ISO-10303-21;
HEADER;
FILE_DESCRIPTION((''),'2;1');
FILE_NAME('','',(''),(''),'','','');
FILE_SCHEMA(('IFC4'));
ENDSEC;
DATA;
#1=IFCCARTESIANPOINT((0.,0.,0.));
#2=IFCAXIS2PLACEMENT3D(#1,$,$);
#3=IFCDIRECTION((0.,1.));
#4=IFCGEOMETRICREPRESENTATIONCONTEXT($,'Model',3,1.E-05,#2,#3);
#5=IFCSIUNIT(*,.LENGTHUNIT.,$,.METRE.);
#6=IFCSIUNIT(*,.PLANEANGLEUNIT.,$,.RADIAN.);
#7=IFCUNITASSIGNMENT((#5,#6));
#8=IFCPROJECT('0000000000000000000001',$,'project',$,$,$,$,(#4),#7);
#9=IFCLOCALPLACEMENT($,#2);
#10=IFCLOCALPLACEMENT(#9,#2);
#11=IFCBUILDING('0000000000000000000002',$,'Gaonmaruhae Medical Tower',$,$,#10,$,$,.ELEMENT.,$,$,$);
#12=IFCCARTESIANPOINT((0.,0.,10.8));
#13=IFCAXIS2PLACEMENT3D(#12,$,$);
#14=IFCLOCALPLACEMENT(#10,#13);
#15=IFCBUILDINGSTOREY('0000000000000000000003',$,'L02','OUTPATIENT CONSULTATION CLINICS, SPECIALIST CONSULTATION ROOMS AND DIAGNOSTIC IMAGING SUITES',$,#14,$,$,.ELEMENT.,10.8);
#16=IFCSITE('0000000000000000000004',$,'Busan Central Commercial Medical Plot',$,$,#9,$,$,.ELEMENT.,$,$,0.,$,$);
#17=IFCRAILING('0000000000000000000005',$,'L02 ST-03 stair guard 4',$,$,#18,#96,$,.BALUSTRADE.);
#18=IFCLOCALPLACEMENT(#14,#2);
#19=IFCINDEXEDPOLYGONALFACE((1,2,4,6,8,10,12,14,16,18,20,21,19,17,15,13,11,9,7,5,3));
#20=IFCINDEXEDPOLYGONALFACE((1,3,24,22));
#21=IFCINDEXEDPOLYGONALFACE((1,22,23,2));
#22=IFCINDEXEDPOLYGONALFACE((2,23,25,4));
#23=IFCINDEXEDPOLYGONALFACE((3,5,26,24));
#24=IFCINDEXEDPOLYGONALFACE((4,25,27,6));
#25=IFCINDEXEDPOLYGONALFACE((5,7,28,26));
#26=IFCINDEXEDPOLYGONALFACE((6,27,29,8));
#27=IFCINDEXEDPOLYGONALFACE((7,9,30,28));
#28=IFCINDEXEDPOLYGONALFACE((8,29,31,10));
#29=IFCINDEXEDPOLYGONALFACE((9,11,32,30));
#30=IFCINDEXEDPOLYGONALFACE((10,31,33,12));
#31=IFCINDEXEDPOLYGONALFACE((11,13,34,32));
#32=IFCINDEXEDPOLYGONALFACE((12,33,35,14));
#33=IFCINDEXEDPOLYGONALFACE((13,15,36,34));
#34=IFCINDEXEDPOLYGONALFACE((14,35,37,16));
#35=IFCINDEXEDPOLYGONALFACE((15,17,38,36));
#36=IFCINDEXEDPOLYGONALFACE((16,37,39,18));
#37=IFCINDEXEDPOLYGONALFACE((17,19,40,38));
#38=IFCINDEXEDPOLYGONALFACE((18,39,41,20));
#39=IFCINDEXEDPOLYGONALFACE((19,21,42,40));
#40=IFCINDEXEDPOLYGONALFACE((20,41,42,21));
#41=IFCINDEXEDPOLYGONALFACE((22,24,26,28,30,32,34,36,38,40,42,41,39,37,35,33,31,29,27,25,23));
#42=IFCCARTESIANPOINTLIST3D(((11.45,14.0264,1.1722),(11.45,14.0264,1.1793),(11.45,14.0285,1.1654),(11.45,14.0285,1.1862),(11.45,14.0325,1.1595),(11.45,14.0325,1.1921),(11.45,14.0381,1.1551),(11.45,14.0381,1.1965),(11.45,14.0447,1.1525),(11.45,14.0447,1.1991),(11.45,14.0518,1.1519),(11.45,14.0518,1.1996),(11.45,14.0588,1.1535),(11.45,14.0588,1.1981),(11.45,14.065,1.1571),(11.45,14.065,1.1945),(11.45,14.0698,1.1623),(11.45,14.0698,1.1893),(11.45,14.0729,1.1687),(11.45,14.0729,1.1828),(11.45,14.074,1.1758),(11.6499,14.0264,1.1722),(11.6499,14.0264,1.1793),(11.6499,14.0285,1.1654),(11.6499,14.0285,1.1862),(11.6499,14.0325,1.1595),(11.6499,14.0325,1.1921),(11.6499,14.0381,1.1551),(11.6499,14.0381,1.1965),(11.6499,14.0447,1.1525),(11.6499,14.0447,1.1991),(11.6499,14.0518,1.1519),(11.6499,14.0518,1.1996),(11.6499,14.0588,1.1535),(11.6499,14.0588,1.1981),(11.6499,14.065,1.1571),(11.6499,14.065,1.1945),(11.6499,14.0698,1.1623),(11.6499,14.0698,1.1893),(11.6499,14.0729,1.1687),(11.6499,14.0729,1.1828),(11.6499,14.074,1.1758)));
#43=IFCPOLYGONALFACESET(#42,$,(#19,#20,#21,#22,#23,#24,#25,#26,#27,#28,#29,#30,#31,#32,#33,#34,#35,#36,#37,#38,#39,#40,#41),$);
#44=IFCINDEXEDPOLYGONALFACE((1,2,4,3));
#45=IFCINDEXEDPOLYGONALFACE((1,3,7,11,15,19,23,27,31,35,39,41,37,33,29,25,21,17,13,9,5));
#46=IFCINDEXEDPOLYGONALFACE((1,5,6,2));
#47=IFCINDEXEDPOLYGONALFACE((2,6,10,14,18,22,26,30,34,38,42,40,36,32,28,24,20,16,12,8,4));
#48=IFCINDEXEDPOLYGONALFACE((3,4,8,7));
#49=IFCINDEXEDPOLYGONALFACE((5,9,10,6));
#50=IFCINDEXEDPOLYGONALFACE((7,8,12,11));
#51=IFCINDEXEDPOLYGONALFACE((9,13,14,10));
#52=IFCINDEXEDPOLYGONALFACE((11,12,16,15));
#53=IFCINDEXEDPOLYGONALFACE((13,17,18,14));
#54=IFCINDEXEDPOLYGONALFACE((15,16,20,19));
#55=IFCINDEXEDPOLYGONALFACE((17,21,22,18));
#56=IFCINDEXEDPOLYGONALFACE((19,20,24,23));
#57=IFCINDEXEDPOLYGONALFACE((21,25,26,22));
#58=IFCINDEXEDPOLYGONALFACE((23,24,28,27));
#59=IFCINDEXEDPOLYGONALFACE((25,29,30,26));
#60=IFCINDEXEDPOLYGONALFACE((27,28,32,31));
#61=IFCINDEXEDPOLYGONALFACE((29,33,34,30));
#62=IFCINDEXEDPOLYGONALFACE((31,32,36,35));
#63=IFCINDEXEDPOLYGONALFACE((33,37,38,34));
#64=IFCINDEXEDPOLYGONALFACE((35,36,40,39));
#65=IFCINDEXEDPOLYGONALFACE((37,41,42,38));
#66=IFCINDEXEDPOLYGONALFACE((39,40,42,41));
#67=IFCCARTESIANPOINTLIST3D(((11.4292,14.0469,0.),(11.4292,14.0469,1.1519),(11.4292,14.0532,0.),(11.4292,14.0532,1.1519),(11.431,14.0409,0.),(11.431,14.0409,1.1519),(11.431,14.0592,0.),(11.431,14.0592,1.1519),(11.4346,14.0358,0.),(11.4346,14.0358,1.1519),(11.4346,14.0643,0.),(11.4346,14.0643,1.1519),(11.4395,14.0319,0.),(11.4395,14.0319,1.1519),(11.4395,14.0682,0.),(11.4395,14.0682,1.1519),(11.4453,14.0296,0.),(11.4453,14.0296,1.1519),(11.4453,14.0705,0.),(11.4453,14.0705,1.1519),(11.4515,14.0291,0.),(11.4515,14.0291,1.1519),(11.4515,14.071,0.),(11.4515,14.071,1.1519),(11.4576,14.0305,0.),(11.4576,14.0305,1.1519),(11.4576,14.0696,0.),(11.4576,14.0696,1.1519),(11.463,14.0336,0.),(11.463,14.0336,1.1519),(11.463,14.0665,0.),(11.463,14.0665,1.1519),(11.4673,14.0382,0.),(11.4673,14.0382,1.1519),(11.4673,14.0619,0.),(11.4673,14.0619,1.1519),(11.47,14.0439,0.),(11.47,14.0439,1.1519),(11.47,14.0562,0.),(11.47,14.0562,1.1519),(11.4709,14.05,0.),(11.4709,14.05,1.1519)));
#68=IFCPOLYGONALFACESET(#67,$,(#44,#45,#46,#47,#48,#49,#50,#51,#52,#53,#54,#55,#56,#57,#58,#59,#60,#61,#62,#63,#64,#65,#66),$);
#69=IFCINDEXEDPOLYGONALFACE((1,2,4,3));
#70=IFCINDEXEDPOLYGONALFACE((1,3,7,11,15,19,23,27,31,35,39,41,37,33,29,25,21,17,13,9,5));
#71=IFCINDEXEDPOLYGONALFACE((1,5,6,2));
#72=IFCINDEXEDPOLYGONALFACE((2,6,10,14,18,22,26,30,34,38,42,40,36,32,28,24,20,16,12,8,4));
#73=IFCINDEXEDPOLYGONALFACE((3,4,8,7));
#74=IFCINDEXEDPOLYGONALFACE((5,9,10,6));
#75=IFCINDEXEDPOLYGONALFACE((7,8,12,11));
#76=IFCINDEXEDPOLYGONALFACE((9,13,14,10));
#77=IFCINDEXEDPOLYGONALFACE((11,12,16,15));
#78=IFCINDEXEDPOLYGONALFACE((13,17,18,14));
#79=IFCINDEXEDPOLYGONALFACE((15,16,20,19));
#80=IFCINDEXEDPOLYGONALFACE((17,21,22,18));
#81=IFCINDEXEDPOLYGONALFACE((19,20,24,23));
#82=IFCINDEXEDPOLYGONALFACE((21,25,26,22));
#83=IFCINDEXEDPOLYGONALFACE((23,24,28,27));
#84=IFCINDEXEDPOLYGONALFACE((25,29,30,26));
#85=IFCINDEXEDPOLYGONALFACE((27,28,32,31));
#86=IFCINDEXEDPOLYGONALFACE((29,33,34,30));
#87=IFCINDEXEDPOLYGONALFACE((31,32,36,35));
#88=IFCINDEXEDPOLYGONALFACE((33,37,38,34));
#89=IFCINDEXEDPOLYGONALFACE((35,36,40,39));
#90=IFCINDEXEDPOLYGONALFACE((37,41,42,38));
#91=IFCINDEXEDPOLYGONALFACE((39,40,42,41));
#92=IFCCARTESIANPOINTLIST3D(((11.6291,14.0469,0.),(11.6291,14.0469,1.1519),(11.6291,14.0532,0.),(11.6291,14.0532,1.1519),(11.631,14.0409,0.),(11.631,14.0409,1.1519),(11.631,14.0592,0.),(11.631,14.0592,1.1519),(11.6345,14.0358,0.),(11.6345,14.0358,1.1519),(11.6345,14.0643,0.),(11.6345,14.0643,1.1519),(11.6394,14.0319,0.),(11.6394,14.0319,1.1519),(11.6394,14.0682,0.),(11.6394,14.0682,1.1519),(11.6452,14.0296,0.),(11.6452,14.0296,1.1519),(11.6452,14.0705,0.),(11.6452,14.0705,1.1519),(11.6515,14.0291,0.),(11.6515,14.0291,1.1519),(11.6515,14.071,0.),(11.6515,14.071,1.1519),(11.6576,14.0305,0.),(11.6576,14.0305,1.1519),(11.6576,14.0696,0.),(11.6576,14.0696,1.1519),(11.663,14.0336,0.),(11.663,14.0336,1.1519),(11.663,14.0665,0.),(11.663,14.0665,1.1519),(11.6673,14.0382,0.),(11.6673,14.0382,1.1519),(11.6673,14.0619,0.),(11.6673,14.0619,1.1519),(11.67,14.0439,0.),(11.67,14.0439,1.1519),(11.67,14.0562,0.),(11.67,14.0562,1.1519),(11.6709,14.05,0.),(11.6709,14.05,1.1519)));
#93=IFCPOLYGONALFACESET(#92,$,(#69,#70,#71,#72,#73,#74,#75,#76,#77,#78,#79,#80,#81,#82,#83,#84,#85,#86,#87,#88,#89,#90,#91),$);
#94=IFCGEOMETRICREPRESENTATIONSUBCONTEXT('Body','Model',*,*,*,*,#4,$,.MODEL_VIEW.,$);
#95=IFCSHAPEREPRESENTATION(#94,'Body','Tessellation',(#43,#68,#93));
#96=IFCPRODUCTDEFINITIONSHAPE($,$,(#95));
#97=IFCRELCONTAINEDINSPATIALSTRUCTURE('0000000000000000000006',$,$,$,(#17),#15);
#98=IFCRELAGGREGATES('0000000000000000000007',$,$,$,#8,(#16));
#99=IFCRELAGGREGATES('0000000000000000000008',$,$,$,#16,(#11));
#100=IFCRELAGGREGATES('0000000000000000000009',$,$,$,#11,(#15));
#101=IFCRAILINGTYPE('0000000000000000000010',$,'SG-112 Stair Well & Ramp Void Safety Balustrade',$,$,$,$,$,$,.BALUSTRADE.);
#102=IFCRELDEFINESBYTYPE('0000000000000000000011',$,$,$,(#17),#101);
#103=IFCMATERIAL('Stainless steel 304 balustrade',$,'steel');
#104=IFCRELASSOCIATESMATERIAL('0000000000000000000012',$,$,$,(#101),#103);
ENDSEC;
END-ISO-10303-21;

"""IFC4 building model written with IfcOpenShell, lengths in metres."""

from ifc_helpers import new_model, si_unit, direction, frame, origin, origin_2d, place, context, subcontext, project, spatial, circle, extrude, material, type_object, element, save


model = new_model("IFC4")

# Units and contexts
model_context = context("Model", 3, precision=1e-05, world=origin(), true_north=direction((0.0, 1.0)))
body_context = subcontext(model_context, "Body", "Model", "MODEL_VIEW")
ifc_project = project(units=[si_unit("LENGTHUNIT", "METRE"), si_unit("PLANEANGLEUNIT", "RADIAN")], contexts=[model_context])

# Site, building, storey
site_placement = place(None, origin())
site = spatial("IfcSite", under=ifc_project, at=site_placement, Name="Busan Central Commercial Medical Plot", CompositionType="ELEMENT", RefElevation=0.0)
building_placement = place(site_placement, origin())
building = spatial("IfcBuilding", under=site, at=building_placement, Name="Gaonmaruhae Medical Tower", CompositionType="ELEMENT")
storey_placement = place(building_placement, frame((0.0, 0.0, 10.8)))
storey = spatial("IfcBuildingStorey", under=building, at=storey_placement, Name="L02", Description="OUTPATIENT CONSULTATION CLINICS, SPECIALIST CONSULTATION ROOMS AND DIAGNOSTIC IMAGING SUITES", CompositionType="ELEMENT", Elevation=10.8)

# Railing
ifc_material_1 = material(Name="Stainless steel 304 balustrade", Category="steel")
railing_type_1 = type_object("IfcRailingType", Name="SG-112 Stair Well & Ramp Void Safety Balustrade", PredefinedType="BALUSTRADE", material=ifc_material_1)
railing_1_placement = place(storey_placement, frame((11.45, 14.05, 0.0)))
element("IfcRailing", 1, at=railing_1_placement, inside=storey, type_object=railing_type_1, Name="L02 ST-03 stair guard 4", PredefinedType="BALUSTRADE", context=body_context, shape_type="SweptSolid", body=[
    extrude(circle(Radius=0.0239, at=origin_2d()), frame((0.0, 0.0, 1.1758), z_axis=(1.0, 0.0, 0.0), x_axis=(0.0, 1.0, 0.0)), (0.0, 0.0, 1.0), 0.2),
    extrude(circle(Radius=0.021, at=origin_2d()), origin(), (0.0, 0.0, 1.0), 1.1519),
    extrude(circle(Radius=0.021, at=origin_2d()), frame((0.2, 0.0, 0.0)), (0.0, 0.0, 1.0), 1.1519),
])

save(model, "model.ifc")
